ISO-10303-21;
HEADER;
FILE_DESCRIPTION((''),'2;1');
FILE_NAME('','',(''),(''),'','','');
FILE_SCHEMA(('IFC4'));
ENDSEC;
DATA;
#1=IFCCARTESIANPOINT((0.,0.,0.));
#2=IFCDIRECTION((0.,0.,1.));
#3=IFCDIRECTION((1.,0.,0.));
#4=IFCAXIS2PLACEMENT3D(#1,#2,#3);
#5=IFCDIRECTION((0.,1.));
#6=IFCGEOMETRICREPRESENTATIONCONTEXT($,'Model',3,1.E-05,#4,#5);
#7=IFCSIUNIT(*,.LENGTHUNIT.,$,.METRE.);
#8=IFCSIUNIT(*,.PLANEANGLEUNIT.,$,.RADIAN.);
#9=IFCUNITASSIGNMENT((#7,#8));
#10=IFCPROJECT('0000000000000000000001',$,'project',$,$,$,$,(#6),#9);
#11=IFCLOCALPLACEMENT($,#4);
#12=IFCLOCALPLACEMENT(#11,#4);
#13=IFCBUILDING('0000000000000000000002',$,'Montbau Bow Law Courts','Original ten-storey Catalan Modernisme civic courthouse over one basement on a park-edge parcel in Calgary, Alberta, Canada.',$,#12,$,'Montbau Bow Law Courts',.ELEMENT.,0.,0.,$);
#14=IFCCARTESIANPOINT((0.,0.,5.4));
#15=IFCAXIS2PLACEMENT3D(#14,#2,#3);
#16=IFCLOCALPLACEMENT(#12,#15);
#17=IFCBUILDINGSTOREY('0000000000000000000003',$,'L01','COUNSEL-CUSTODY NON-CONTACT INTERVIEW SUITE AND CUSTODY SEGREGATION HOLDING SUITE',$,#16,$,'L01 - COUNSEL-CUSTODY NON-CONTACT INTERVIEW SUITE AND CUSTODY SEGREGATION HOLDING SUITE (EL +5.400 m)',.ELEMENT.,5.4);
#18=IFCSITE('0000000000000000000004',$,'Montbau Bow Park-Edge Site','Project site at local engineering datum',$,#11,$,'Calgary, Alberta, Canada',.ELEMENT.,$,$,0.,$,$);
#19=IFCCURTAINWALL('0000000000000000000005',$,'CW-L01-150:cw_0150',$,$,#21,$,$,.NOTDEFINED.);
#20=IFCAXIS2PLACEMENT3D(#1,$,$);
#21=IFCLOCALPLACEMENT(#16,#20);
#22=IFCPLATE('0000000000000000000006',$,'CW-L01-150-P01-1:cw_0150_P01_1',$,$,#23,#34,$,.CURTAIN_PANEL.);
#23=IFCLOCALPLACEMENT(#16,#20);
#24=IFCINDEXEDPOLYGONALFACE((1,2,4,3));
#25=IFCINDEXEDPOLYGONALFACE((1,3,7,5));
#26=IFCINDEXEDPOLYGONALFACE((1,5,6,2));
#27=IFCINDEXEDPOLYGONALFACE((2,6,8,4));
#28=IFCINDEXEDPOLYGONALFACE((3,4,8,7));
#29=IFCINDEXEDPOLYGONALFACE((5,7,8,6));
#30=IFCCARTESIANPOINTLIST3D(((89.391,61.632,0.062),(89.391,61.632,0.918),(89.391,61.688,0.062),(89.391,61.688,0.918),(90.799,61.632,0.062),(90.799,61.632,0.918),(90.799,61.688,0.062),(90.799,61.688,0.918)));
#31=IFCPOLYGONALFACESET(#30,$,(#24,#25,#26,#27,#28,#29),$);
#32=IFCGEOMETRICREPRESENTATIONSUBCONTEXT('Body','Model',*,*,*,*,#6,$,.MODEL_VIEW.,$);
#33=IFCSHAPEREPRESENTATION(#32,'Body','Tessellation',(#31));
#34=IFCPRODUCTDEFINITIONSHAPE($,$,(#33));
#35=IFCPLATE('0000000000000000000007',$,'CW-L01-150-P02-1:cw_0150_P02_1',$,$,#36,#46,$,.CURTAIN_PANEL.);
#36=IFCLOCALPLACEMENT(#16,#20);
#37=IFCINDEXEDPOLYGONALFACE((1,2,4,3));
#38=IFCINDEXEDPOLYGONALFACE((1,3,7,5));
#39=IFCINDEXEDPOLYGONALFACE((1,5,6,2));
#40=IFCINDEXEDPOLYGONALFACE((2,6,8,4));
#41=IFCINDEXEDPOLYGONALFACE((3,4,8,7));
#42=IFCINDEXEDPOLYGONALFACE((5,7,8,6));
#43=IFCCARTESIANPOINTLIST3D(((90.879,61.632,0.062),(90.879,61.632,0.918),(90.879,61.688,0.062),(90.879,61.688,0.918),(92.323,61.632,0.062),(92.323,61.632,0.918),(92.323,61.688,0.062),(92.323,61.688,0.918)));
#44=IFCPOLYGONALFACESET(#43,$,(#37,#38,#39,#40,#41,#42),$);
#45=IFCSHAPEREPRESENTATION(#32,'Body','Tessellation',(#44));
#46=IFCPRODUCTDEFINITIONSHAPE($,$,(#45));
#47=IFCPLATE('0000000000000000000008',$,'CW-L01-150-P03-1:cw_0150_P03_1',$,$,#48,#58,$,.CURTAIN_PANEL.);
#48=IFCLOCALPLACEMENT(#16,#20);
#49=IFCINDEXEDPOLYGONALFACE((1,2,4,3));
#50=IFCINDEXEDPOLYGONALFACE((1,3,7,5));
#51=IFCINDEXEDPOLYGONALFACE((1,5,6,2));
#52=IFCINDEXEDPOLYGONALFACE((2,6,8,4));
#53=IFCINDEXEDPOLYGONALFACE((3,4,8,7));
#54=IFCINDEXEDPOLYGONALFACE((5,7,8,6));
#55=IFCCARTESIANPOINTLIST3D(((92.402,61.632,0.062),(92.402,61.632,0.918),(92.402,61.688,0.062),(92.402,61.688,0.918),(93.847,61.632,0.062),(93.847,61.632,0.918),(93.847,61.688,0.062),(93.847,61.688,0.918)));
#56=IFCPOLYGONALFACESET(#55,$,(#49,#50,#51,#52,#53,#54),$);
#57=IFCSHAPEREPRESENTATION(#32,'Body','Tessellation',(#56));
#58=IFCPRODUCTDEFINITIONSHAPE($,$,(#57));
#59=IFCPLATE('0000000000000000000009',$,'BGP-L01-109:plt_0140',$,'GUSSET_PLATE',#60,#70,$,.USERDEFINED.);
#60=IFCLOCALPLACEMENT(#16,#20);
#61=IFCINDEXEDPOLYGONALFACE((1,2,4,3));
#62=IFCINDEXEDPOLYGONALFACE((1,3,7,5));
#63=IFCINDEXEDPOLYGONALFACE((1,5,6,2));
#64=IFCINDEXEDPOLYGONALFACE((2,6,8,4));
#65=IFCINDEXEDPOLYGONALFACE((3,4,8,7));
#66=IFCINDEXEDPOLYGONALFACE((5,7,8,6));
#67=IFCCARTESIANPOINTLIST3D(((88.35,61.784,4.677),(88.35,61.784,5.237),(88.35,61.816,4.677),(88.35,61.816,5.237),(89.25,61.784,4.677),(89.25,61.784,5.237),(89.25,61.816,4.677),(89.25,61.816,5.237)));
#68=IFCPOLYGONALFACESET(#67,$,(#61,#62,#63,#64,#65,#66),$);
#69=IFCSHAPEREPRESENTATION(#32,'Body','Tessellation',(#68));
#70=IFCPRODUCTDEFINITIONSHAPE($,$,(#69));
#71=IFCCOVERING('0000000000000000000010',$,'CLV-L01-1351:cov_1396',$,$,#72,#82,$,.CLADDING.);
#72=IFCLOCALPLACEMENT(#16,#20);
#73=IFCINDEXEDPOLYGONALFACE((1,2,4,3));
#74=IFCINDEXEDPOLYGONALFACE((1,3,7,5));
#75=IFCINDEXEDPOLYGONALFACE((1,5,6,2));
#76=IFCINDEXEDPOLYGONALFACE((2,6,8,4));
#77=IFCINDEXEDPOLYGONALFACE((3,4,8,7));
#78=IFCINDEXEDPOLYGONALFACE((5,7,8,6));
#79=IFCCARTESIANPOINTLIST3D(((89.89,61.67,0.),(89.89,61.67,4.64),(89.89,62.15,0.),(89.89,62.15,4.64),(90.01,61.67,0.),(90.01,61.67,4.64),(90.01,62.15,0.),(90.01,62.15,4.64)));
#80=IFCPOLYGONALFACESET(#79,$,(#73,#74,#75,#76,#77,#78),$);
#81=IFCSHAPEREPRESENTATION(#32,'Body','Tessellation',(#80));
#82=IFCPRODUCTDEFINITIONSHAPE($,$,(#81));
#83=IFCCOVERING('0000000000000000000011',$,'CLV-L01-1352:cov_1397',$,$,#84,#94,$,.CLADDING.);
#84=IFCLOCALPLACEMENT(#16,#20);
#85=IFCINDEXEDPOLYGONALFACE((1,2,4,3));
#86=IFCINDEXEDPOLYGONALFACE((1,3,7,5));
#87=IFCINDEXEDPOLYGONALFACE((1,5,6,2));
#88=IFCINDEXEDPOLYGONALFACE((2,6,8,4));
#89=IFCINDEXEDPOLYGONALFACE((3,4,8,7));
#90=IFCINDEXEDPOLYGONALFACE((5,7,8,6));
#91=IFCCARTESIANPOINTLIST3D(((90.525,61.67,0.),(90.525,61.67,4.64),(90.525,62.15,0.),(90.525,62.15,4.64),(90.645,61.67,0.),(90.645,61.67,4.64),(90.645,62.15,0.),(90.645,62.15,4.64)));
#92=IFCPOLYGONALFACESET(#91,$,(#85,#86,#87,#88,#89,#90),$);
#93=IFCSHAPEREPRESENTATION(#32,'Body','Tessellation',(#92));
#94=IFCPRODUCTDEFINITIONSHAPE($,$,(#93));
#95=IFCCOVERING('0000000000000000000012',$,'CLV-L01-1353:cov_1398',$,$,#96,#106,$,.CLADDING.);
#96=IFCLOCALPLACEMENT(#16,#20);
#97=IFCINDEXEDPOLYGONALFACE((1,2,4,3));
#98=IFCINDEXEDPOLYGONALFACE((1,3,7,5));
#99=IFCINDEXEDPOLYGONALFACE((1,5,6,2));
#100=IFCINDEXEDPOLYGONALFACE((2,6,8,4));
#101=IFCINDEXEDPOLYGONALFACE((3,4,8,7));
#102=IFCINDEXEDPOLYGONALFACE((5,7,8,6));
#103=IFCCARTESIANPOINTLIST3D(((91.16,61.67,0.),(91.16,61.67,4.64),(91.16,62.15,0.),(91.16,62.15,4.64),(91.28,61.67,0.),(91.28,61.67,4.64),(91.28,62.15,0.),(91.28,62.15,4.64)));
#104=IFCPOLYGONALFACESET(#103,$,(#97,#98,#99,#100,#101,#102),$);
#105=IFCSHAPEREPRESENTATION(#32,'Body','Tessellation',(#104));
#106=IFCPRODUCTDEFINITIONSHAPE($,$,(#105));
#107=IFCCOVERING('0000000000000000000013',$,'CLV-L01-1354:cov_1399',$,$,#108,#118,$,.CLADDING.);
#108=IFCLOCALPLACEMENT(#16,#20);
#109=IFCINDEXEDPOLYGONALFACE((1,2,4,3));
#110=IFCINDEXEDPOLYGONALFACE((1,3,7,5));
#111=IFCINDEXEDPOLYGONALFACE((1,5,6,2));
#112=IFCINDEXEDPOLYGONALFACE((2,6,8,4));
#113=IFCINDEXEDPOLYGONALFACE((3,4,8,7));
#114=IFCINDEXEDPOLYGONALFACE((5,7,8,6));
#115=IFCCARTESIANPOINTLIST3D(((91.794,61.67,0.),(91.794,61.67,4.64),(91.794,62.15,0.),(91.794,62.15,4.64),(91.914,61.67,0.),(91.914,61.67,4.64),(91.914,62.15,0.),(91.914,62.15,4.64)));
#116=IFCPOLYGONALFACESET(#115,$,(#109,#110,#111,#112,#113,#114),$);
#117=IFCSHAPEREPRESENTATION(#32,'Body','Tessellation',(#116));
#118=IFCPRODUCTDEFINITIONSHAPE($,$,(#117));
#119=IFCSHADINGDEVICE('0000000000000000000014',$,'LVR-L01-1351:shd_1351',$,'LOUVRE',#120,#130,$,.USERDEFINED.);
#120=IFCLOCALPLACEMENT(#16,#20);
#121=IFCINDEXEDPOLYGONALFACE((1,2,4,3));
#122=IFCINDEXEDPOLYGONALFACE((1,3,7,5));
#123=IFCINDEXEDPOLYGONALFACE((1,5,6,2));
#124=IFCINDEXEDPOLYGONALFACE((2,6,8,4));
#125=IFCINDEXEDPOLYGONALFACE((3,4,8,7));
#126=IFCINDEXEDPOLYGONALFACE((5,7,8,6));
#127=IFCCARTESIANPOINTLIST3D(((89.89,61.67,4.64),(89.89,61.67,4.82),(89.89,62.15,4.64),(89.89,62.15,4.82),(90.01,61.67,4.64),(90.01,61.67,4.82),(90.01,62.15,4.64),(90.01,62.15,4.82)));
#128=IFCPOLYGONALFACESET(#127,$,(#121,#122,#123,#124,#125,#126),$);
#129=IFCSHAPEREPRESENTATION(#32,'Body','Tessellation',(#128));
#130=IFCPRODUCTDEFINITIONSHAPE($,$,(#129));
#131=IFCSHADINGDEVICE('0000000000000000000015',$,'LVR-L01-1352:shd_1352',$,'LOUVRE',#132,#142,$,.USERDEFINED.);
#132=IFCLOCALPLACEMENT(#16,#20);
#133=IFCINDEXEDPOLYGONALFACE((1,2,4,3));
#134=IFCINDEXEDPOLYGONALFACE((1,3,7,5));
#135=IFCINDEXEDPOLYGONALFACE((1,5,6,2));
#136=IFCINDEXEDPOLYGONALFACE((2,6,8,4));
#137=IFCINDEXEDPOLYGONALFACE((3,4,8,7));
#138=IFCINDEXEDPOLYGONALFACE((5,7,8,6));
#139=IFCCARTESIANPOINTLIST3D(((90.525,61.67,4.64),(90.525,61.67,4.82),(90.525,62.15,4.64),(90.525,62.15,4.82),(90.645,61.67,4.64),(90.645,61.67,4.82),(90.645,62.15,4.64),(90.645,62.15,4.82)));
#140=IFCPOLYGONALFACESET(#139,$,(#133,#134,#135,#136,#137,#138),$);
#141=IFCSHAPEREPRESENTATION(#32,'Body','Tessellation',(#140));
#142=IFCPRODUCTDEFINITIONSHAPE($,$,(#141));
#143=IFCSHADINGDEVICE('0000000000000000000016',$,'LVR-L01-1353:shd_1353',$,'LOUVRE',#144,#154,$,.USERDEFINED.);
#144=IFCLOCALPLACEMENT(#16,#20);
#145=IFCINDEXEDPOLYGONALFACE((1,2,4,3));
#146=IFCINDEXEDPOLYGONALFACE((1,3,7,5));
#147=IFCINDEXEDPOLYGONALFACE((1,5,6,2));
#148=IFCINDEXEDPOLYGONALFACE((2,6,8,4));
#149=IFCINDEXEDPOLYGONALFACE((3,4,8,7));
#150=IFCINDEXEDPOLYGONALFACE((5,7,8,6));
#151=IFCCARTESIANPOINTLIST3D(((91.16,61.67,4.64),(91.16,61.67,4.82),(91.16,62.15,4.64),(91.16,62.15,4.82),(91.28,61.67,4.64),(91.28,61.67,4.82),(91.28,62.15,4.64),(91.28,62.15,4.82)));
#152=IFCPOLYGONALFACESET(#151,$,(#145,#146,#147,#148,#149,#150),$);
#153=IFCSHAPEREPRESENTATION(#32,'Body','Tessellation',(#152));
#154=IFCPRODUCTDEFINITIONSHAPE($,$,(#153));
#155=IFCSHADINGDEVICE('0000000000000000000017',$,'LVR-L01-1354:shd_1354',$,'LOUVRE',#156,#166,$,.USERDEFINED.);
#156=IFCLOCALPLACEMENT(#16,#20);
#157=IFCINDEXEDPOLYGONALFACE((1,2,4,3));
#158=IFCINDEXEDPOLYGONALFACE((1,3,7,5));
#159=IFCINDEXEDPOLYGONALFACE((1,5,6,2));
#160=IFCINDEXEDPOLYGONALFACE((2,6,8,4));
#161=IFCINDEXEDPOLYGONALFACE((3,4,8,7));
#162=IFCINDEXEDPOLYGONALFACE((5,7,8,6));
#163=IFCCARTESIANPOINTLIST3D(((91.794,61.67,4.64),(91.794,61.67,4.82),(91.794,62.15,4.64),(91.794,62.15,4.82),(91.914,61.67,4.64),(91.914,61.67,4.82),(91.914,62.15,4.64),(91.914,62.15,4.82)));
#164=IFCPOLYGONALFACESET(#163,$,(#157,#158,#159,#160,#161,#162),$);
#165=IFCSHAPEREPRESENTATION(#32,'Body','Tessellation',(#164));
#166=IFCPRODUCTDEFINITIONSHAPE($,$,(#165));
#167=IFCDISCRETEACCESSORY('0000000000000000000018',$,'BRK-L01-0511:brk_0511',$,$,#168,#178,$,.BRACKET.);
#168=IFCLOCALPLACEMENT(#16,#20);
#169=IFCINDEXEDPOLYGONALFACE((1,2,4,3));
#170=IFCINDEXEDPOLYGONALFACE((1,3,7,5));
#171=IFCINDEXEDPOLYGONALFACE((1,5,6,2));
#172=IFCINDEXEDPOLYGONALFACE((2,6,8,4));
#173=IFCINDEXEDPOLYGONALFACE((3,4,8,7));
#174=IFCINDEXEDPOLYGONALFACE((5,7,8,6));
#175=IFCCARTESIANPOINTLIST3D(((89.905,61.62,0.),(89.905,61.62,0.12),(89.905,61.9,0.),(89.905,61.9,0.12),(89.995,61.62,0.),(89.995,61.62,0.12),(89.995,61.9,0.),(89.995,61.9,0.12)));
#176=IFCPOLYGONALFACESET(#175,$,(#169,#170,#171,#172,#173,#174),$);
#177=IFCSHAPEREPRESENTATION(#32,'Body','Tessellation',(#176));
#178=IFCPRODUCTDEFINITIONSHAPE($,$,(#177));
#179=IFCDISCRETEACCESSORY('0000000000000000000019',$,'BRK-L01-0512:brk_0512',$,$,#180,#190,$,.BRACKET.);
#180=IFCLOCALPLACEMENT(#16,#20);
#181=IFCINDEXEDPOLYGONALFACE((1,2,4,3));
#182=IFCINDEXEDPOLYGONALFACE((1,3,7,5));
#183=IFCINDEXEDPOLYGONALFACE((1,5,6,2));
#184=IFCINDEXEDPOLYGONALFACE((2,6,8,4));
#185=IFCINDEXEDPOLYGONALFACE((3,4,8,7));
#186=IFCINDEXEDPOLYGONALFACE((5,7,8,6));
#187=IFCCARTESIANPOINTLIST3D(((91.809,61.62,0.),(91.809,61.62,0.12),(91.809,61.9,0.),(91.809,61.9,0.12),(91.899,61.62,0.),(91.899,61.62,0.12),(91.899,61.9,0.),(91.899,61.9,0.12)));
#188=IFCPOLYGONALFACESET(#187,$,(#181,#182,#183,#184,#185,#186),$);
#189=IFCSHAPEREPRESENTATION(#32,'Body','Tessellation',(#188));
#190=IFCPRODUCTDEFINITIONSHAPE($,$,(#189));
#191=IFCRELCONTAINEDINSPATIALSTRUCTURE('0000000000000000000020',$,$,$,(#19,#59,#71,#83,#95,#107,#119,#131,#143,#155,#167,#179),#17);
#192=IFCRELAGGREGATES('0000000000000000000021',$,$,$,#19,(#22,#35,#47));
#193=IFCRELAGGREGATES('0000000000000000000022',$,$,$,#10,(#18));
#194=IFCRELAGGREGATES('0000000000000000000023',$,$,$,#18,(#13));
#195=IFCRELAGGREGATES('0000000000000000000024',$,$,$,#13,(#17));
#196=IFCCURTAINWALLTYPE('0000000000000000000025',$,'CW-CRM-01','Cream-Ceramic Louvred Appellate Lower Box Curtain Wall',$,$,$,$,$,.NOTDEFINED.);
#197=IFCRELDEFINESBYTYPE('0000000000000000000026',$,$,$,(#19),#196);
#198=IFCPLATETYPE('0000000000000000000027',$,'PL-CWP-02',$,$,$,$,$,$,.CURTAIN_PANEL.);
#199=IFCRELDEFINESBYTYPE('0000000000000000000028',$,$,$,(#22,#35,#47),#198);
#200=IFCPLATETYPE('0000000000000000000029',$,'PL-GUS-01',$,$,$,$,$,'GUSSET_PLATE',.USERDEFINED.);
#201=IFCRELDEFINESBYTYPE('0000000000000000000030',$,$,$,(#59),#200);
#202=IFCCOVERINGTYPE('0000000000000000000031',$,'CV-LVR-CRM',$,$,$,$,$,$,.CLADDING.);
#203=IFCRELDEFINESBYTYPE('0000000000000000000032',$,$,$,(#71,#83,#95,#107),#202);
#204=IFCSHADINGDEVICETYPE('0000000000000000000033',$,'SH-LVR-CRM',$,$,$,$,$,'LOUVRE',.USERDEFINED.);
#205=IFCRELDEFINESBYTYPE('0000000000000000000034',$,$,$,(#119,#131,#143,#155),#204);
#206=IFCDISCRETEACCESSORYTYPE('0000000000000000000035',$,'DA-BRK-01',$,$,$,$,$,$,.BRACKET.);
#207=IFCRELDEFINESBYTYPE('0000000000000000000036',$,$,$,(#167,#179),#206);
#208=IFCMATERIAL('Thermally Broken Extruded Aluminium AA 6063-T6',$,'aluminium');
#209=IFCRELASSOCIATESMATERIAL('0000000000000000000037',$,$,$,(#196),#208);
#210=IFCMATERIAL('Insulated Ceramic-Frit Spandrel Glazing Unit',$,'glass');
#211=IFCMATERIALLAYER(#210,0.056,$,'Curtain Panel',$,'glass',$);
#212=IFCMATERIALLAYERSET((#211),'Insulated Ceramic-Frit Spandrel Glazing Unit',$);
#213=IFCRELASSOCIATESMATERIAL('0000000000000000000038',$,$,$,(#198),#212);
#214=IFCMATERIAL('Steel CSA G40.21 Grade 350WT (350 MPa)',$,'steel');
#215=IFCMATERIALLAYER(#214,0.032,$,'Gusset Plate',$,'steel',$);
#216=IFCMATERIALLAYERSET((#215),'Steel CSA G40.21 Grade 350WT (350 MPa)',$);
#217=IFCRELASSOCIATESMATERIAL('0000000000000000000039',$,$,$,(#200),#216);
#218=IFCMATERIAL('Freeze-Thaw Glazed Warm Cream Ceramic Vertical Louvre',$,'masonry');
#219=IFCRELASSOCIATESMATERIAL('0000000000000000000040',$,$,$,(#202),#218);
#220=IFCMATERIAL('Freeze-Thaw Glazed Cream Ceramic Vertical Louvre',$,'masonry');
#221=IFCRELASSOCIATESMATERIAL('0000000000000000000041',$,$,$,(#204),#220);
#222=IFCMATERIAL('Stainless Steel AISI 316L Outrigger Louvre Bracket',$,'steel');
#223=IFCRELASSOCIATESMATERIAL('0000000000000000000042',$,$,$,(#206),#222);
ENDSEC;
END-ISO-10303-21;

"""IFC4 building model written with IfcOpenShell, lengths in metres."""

from ifc_helpers import new_model, si_unit, direction, frame, frame_2d, origin_with_axes, origin_2d_with_axis, place, context, subcontext, project, spatial, rectangle, extrude, material, layer, layer_set, type_object, element, aggregate, save


model = new_model("IFC4")

# Units and contexts
model_context = context("Model", 3, precision=1e-05, world=origin_with_axes(), true_north=direction((0.0, 1.0)))
body_context = subcontext(model_context, "Body", "Model", "MODEL_VIEW")
ifc_project = project(units=[si_unit("LENGTHUNIT", "METRE"), si_unit("PLANEANGLEUNIT", "RADIAN")], contexts=[model_context])

# Site, building, storey
site_placement = place(None, origin_with_axes())
site = spatial("IfcSite", under=ifc_project, at=site_placement, Name="Montbau Bow Park-Edge Site", Description="Project site at local engineering datum", LongName="Calgary, Alberta, Canada", CompositionType="ELEMENT", RefElevation=0.0)
building_placement = place(site_placement, origin_with_axes())
building = spatial("IfcBuilding", under=site, at=building_placement, Name="Montbau Bow Law Courts", Description="Original ten-storey Catalan Modernisme civic courthouse over one basement on a park-edge parcel in Calgary, Alberta, Canada.", LongName="Montbau Bow Law Courts", CompositionType="ELEMENT", ElevationOfRefHeight=0.0, ElevationOfTerrain=0.0)
storey_placement = place(building_placement, frame((0.0, 0.0, 5.4), z_axis=(0.0, 0.0, 1.0), x_axis=(1.0, 0.0, 0.0)))
storey = spatial("IfcBuildingStorey", under=building, at=storey_placement, Name="L01", Description="COUNSEL-CUSTODY NON-CONTACT INTERVIEW SUITE AND CUSTODY SEGREGATION HOLDING SUITE", LongName="L01 - COUNSEL-CUSTODY NON-CONTACT INTERVIEW SUITE AND CUSTODY SEGREGATION HOLDING SUITE (EL +5.400 m)", CompositionType="ELEMENT", Elevation=5.4)

# Shared definitions
ifc_material_1 = material(Name="Steel CSA G40.21 Grade 350WT (350 MPa)", Category="steel")

# Curtain wall
ifc_material_2 = material(Name="Thermally Broken Extruded Aluminium AA 6063-T6", Category="aluminium")
curtain_wall_type = type_object("IfcCurtainWallType", Name="CW-CRM-01", Description="Cream-Ceramic Louvred Appellate Lower Box Curtain Wall", PredefinedType="NOTDEFINED", material=ifc_material_2)
curtain_wall_1_placement = place(None, frame((89.315, 61.66, 5.4), z_axis=(0.0, 0.0, 1.0), x_axis=(1.0, 0.0, 0.0)))
curtain_wall_1 = element("IfcCurtainWall", 1, at=curtain_wall_1_placement, inside=storey, type_object=curtain_wall_type, Name="CW-L01-150:cw_0150", PredefinedType="NOTDEFINED")

# Plates
ifc_material_3 = material(Name="Insulated Ceramic-Frit Spandrel Glazing Unit", Category="glass")
ifc_layer_1 = layer(ifc_material_3, 0.056, Name="Curtain Panel", Category="glass")
ifc_layer_set_1 = layer_set([ifc_layer_1], Name="Insulated Ceramic-Frit Spandrel Glazing Unit")
plate_type_1 = type_object("IfcPlateType", Name="PL-CWP-02", PredefinedType="CURTAIN_PANEL", material=ifc_layer_set_1)
plate_1_placement = place(None, frame((89.391, 61.66, 5.462), z_axis=(0.0, -1.0, 0.0), x_axis=(1.0, 0.0, 0.0)))
plate_1 = element("IfcPlate", 2, at=plate_1_placement, type_object=plate_type_1, Name="CW-L01-150-P01-1:cw_0150_P01_1", PredefinedType="CURTAIN_PANEL", context=body_context, shape_type="SweptSolid", body=[
    extrude(rectangle(XDim=1.408, YDim=0.856, at=frame_2d((0.704, 0.428), x_axis=(1.0, 0.0))), frame((0.0, 0.0, -0.028), z_axis=(0.0, 0.0, 1.0), x_axis=(1.0, 0.0, 0.0)), (0.0, 0.0, 1.0), 0.056),
])
plate_2_placement = place(None, frame((90.879, 61.66, 5.462), z_axis=(0.0, -1.0, 0.0), x_axis=(1.0, 0.0, 0.0)))
plate_2 = element("IfcPlate", 3, at=plate_2_placement, type_object=plate_type_1, Name="CW-L01-150-P02-1:cw_0150_P02_1", PredefinedType="CURTAIN_PANEL", context=body_context, shape_type="SweptSolid", body=[
    extrude(rectangle(XDim=1.444, YDim=0.856, at=frame_2d((0.722, 0.428), x_axis=(1.0, 0.0))), frame((0.0, 0.0, -0.028), z_axis=(0.0, 0.0, 1.0), x_axis=(1.0, 0.0, 0.0)), (0.0, 0.0, 1.0), 0.056),
])
plate_3_placement = place(None, frame((92.402, 61.66, 5.462), z_axis=(0.0, -1.0, 0.0), x_axis=(1.0, 0.0, 0.0)))
plate_3 = element("IfcPlate", 4, at=plate_3_placement, type_object=plate_type_1, Name="CW-L01-150-P03-1:cw_0150_P03_1", PredefinedType="CURTAIN_PANEL", context=body_context, shape_type="SweptSolid", body=[
    extrude(rectangle(XDim=1.445, YDim=0.856, at=frame_2d((0.7225, 0.428), x_axis=(1.0, 0.0))), frame((0.0, 0.0, -0.028), z_axis=(0.0, 0.0, 1.0), x_axis=(1.0, 0.0, 0.0)), (0.0, 0.0, 1.0), 0.056),
])
aggregate(curtain_wall_1, [plate_1, plate_2, plate_3])
ifc_layer_2 = layer(ifc_material_1, 0.032, Name="Gusset Plate", Category="steel")
ifc_layer_set_2 = layer_set([ifc_layer_2], Name="Steel CSA G40.21 Grade 350WT (350 MPa)")
plate_type_2 = type_object("IfcPlateType", Name="PL-GUS-01", ElementType="GUSSET_PLATE", PredefinedType="USERDEFINED", material=ifc_layer_set_2)
plate_4_placement = place(None, frame((88.8, 61.8, 10.077), z_axis=(0.0, 0.0, 1.0), x_axis=(1.0, 0.0, 0.0)))
element("IfcPlate", 5, at=plate_4_placement, inside=storey, type_object=plate_type_2, Name="BGP-L01-109:plt_0140", ObjectType="GUSSET_PLATE", PredefinedType="USERDEFINED", context=body_context, shape_type="SweptSolid", body=[
    extrude(rectangle(XDim=0.9, YDim=0.032, at=origin_2d_with_axis()), origin_with_axes(), (0.0, 0.0, 1.0), 0.56),
])

# Coverings
ifc_material_4 = material(Name="Freeze-Thaw Glazed Warm Cream Ceramic Vertical Louvre", Category="masonry")
covering_type = type_object("IfcCoveringType", Name="CV-LVR-CRM", PredefinedType="CLADDING", material=ifc_material_4)
for number, where, z_axis, x_axis, name in (
    (6, (89.95, 61.67, 5.4), (1.0, 0.0, 0.0), (0.0, 1.0, 0.0), "CLV-L01-1351:cov_1396"),
    (7, (90.585, 61.67, 5.4), (1.0, 0.0, 0.0), (0.0, 1.0, 0.0), "CLV-L01-1352:cov_1397"),
    (8, (91.22, 61.67, 5.4), (1.0, 0.0, 0.0), (0.0, 1.0, 0.0), "CLV-L01-1353:cov_1398"),
    (9, (91.854, 61.67, 5.4), (1.0, 0.0, 0.0), (0.0, 1.0, 0.0), "CLV-L01-1354:cov_1399"),
):
    element("IfcCovering", number, at=place(None, frame(where, z_axis=z_axis, x_axis=x_axis)), inside=storey, type_object=covering_type, Name=name, PredefinedType="CLADDING", context=body_context, shape_type="SweptSolid", body=[
        extrude(rectangle(XDim=0.48, YDim=4.64, at=frame_2d((0.24, 2.32), x_axis=(1.0, 0.0))), frame((0.0, 0.0, -0.06), z_axis=(0.0, 0.0, 1.0), x_axis=(1.0, 0.0, 0.0)), (0.0, 0.0, 1.0), 0.12),
    ])

# Shading devices
ifc_material_5 = material(Name="Freeze-Thaw Glazed Cream Ceramic Vertical Louvre", Category="masonry")
shading_device_type = type_object("IfcShadingDeviceType", Name="SH-LVR-CRM", ElementType="LOUVRE", PredefinedType="USERDEFINED", material=ifc_material_5)
for number, where, z_axis, x_axis, name in (
    (10, (89.95, 61.91, 10.04), (0.0, 0.0, 1.0), (0.0, 1.0, 0.0), "LVR-L01-1351:shd_1351"),
    (11, (90.585, 61.91, 10.04), (0.0, 0.0, 1.0), (0.0, 1.0, 0.0), "LVR-L01-1352:shd_1352"),
    (12, (91.22, 61.91, 10.04), (0.0, 0.0, 1.0), (0.0, 1.0, 0.0), "LVR-L01-1353:shd_1353"),
    (13, (91.854, 61.91, 10.04), (0.0, 0.0, 1.0), (0.0, 1.0, 0.0), "LVR-L01-1354:shd_1354"),
):
    element("IfcShadingDevice", number, at=place(None, frame(where, z_axis=z_axis, x_axis=x_axis)), inside=storey, type_object=shading_device_type, Name=name, ObjectType="LOUVRE", PredefinedType="USERDEFINED", context=body_context, shape_type="SweptSolid", body=[
        extrude(rectangle(XDim=0.48, YDim=0.12, at=origin_2d_with_axis()), origin_with_axes(), (0.0, 0.0, 1.0), 0.18),
    ])

# Discrete accessories
ifc_material_6 = material(Name="Stainless Steel AISI 316L Outrigger Louvre Bracket", Category="steel")
discrete_accessory_type = type_object("IfcDiscreteAccessoryType", Name="DA-BRK-01", PredefinedType="BRACKET", material=ifc_material_6)
for number, where, z_axis, x_axis, name in (
    (14, (89.95, 61.76, 5.4), (0.0, 0.0, 1.0), (0.0, 1.0, 0.0), "BRK-L01-0511:brk_0511"),
    (15, (91.854, 61.76, 5.4), (0.0, 0.0, 1.0), (0.0, 1.0, 0.0), "BRK-L01-0512:brk_0512"),
):
    element("IfcDiscreteAccessory", number, at=place(None, frame(where, z_axis=z_axis, x_axis=x_axis)), inside=storey, type_object=discrete_accessory_type, Name=name, PredefinedType="BRACKET", context=body_context, shape_type="SweptSolid", body=[
        extrude(rectangle(XDim=0.28, YDim=0.09, at=origin_2d_with_axis()), origin_with_axes(), (0.0, 0.0, 1.0), 0.12),
    ])

save(model, "model.ifc")
